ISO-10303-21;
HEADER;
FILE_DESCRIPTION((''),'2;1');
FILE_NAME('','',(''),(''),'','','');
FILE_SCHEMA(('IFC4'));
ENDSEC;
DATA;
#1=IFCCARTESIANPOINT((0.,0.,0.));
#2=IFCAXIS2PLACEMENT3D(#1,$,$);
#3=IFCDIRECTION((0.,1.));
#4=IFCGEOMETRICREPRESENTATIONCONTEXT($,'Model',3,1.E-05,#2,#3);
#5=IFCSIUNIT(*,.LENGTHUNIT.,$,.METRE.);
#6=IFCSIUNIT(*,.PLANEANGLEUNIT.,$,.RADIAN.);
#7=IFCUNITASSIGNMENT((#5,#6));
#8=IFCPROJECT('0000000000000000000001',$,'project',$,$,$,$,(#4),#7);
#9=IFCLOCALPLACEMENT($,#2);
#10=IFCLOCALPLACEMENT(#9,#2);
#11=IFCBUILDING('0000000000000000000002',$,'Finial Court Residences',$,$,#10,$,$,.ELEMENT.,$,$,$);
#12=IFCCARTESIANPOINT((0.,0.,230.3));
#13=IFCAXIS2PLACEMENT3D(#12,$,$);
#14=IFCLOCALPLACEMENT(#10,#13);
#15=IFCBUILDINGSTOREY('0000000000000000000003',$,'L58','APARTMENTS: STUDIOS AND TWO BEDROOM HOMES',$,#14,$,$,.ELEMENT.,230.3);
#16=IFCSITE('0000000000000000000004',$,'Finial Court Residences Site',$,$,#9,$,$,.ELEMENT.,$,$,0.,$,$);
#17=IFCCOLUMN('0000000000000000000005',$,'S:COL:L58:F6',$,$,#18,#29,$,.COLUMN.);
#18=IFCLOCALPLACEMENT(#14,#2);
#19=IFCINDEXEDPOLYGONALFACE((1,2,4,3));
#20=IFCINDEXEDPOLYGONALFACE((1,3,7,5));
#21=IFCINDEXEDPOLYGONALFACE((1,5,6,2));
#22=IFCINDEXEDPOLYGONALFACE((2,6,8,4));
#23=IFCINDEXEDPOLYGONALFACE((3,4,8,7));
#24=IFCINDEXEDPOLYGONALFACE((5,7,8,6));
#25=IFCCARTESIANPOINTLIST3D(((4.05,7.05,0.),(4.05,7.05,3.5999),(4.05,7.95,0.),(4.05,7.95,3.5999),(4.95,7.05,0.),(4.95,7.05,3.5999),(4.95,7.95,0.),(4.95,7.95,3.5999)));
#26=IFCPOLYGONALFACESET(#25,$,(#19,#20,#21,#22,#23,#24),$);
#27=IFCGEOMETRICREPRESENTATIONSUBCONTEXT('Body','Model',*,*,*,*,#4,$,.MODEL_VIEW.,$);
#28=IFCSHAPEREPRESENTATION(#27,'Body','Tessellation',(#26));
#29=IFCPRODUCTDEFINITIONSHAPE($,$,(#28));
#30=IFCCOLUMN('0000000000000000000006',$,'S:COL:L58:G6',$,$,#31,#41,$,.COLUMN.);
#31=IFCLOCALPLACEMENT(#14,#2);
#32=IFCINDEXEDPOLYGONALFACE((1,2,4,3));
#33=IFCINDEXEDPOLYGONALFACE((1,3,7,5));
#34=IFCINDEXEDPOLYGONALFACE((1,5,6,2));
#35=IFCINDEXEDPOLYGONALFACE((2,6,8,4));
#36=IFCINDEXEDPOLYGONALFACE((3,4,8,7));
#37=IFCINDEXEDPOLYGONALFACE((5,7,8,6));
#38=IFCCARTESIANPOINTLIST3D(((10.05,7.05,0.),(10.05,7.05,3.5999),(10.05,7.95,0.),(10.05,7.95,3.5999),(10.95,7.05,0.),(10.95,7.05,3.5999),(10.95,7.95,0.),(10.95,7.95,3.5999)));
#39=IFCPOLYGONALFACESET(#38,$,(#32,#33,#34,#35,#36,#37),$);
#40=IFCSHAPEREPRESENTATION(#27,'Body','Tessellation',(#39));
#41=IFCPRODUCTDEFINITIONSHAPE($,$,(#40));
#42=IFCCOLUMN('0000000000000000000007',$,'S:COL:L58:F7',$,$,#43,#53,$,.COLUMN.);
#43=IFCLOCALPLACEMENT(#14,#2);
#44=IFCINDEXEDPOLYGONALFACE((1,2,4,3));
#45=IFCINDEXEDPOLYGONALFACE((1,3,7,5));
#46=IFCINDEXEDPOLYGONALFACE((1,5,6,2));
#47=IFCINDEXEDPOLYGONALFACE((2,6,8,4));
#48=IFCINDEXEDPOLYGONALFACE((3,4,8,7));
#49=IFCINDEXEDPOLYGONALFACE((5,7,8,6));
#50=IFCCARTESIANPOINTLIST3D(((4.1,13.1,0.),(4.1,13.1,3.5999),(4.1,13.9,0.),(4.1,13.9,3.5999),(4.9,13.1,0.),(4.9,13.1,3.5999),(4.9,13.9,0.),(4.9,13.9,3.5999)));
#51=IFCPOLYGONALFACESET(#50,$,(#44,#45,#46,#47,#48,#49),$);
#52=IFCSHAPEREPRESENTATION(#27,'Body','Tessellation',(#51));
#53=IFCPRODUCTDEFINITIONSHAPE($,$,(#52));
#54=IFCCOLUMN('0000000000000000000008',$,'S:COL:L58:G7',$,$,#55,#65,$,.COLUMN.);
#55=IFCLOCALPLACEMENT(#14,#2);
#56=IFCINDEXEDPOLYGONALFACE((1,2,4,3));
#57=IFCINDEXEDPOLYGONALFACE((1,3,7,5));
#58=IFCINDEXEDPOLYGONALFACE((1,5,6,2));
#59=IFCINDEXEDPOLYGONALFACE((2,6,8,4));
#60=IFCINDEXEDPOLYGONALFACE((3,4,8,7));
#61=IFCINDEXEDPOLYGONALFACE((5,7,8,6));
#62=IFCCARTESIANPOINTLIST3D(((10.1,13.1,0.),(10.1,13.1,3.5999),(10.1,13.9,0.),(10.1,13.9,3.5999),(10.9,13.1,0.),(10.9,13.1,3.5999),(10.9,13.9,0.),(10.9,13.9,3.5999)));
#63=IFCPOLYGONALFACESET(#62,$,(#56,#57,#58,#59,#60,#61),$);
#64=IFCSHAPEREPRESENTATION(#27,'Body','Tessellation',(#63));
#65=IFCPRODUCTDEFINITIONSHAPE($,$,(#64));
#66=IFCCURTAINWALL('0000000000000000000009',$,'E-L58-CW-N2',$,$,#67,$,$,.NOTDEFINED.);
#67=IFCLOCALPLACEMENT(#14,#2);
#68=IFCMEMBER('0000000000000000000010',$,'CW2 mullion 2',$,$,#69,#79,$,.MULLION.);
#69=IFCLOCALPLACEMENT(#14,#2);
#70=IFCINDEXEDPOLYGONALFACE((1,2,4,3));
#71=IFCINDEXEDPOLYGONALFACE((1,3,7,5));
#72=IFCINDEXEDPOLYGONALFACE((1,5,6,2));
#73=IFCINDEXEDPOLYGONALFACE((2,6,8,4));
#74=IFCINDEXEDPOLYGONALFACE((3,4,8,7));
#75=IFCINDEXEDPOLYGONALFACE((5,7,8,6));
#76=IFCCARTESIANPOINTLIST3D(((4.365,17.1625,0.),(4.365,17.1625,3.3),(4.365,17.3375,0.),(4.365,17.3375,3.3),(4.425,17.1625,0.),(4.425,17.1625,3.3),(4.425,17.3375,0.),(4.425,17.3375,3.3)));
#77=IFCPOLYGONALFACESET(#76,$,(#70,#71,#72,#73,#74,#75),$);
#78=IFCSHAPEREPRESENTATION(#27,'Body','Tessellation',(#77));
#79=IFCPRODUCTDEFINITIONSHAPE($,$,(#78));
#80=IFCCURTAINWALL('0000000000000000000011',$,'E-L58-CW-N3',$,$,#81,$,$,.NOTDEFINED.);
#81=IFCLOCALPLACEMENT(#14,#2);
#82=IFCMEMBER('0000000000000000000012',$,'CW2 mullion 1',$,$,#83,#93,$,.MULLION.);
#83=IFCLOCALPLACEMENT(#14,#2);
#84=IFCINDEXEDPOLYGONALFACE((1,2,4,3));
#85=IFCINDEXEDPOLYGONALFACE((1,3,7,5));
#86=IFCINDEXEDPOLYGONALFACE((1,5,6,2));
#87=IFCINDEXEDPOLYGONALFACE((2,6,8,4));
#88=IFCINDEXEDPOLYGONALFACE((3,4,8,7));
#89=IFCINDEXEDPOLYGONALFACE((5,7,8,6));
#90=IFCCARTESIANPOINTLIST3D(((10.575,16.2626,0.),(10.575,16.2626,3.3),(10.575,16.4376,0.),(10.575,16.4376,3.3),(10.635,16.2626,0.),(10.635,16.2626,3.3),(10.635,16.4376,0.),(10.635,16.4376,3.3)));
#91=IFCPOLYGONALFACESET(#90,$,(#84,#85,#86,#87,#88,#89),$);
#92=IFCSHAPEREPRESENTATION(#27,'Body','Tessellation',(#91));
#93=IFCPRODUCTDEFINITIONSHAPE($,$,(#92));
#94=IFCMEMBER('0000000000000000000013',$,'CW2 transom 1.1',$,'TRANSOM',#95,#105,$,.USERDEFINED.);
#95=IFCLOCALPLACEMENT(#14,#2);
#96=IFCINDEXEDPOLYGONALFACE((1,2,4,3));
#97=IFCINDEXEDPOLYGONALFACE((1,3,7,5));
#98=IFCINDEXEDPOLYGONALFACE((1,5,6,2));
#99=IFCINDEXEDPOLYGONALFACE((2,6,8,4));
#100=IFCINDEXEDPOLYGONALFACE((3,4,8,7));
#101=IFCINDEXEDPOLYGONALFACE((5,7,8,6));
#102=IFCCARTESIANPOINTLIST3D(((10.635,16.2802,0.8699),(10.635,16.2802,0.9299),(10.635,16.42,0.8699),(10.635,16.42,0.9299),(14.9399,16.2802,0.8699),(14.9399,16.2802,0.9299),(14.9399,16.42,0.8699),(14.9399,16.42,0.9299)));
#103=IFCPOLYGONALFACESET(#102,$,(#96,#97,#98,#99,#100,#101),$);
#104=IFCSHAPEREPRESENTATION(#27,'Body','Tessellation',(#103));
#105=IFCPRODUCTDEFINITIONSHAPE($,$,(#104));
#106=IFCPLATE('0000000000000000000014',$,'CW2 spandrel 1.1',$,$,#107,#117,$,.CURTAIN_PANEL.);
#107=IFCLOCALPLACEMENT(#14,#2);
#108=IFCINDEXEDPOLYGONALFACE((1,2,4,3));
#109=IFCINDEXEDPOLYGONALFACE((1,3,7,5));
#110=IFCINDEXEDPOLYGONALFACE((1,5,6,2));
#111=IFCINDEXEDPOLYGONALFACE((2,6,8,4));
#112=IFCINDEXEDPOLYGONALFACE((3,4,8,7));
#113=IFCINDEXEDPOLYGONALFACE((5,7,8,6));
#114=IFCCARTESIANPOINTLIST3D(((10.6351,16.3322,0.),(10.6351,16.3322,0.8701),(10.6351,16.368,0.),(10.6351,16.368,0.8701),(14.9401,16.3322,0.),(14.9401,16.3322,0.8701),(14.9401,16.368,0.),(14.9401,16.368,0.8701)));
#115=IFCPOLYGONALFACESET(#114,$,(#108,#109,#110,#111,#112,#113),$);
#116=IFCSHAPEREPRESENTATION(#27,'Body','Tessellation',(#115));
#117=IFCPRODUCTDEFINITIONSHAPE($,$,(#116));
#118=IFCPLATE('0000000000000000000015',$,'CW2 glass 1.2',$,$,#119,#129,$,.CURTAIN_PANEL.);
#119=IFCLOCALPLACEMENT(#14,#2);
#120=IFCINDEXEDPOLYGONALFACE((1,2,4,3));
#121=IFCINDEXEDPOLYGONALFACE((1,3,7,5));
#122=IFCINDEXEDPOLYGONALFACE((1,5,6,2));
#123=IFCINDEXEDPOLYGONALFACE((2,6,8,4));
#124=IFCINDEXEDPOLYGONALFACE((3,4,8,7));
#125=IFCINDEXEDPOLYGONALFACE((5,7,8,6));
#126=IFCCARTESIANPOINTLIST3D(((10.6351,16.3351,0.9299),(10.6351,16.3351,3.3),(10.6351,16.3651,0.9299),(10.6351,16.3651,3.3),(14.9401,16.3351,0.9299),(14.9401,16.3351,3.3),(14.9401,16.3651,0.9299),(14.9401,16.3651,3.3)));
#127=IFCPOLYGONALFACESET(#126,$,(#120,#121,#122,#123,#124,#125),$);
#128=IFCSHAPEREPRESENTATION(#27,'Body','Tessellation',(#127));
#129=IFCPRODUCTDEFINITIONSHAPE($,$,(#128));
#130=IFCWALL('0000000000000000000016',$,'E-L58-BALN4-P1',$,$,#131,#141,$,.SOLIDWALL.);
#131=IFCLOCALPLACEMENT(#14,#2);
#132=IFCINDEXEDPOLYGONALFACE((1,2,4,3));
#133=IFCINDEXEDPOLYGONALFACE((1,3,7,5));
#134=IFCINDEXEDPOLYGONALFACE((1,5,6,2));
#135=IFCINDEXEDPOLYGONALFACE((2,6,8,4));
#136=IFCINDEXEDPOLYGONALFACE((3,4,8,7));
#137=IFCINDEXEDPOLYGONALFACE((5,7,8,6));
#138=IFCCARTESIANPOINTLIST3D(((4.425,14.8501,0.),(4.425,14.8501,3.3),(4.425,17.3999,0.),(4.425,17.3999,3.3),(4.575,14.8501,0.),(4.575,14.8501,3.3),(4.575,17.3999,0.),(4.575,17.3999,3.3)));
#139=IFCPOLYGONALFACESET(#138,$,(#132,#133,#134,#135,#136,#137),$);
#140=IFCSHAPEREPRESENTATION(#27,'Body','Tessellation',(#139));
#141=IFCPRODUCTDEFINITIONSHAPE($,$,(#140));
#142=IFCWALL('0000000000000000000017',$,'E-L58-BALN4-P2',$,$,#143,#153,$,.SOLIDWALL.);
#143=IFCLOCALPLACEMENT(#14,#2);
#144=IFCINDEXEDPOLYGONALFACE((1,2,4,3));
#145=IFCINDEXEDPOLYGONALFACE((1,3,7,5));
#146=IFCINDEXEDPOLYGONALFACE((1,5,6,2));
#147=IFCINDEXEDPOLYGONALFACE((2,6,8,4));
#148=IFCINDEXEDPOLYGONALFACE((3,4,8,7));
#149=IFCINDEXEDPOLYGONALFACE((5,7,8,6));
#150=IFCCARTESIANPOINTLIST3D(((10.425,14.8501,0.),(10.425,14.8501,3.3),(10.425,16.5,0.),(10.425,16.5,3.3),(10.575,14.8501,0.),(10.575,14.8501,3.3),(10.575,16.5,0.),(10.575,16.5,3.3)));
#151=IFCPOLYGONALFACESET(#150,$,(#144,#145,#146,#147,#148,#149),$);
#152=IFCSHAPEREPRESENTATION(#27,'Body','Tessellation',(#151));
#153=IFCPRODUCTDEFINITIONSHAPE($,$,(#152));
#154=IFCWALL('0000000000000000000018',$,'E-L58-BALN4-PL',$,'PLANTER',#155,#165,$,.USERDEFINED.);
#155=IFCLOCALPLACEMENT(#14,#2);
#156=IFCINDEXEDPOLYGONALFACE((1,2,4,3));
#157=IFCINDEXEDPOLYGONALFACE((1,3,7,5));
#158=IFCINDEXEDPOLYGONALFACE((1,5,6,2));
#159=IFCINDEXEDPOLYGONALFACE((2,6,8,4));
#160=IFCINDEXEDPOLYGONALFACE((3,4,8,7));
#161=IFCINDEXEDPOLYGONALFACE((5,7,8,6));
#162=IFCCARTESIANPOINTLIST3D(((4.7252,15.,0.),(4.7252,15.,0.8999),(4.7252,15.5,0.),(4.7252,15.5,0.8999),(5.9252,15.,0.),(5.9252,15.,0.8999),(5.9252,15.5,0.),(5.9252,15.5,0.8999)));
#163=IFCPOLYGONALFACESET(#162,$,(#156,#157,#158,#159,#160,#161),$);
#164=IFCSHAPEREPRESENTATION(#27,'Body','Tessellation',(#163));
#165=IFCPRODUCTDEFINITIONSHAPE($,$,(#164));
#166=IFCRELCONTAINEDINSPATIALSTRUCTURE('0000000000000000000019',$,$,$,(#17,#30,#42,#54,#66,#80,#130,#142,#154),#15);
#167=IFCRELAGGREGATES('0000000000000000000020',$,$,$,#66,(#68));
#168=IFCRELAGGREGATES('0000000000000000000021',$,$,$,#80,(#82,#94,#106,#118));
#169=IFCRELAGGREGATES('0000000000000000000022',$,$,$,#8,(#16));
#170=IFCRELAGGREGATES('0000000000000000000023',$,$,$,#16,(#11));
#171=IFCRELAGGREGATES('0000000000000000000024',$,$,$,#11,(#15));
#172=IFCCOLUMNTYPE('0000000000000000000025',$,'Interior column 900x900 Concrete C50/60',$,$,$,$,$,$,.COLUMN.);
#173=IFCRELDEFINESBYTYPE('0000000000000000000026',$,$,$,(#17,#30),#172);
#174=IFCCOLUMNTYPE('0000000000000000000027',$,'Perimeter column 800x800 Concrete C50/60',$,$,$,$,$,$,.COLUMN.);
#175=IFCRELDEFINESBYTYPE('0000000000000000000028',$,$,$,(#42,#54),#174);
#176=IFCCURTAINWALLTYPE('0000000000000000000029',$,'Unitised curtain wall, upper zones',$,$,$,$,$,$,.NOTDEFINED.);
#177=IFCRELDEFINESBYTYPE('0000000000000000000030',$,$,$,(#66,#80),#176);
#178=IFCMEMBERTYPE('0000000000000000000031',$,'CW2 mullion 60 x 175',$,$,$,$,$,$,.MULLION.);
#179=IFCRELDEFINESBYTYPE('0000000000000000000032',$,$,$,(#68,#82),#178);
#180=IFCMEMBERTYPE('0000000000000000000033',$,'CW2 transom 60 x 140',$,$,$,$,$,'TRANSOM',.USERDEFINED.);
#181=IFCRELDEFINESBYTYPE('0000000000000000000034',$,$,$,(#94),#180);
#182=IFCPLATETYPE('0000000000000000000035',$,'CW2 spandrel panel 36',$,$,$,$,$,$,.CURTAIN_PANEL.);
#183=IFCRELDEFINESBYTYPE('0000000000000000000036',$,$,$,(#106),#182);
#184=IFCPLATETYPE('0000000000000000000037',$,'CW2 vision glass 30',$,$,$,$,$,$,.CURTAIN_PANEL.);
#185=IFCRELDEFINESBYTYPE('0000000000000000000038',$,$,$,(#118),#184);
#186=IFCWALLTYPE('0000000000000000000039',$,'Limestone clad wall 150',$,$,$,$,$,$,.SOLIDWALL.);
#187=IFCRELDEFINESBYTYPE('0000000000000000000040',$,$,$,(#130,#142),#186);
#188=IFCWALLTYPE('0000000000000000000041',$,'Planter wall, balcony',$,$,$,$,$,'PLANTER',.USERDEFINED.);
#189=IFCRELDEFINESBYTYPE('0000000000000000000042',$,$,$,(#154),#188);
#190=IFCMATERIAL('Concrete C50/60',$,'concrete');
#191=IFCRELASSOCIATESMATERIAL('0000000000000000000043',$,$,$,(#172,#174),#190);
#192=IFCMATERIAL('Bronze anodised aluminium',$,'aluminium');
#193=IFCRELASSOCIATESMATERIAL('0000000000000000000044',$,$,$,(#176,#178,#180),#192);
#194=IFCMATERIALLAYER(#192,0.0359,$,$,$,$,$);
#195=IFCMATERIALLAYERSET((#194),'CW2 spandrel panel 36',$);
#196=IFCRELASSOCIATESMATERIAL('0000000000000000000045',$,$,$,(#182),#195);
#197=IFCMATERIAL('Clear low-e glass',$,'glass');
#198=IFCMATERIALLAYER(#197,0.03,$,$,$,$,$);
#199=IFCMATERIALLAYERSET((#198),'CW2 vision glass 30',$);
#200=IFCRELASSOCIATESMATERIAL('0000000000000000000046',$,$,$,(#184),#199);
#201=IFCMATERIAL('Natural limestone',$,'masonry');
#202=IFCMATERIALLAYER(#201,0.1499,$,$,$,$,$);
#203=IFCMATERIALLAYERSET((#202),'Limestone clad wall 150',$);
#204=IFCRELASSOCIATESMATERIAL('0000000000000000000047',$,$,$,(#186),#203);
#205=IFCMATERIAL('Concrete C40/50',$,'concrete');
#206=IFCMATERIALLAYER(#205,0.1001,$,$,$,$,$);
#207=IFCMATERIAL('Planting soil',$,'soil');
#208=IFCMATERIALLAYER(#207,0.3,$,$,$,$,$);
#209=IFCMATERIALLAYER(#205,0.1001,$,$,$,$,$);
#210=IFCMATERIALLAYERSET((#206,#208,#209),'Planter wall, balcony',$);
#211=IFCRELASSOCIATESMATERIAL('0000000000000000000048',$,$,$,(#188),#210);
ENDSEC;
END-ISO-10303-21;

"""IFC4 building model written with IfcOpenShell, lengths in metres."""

from ifc_helpers import new_model, si_unit, direction, frame, frame_2d, origin, origin_2d, place, context, subcontext, project, spatial, rectangle, extrude, material, layer, layer_set, material_profile, profile_set, type_object, element, aggregate, save


model = new_model("IFC4")

# Units and contexts
model_context = context("Model", 3, precision=1e-05, world=origin(), true_north=direction((0.0, 1.0)))
body_context = subcontext(model_context, "Body", "Model", "MODEL_VIEW")
ifc_project = project(units=[si_unit("LENGTHUNIT", "METRE"), si_unit("PLANEANGLEUNIT", "RADIAN")], contexts=[model_context])

# Site, building, storey
site_placement = place(None, origin())
site = spatial("IfcSite", under=ifc_project, at=site_placement, Name="Finial Court Residences Site", CompositionType="ELEMENT", RefElevation=0.0)
building_placement = place(site_placement, origin())
building = spatial("IfcBuilding", under=site, at=building_placement, Name="Finial Court Residences", CompositionType="ELEMENT")
storey_placement = place(building_placement, frame((0.0, 0.0, 230.3)))
storey = spatial("IfcBuildingStorey", under=building, at=storey_placement, Name="L58", Description="APARTMENTS: STUDIOS AND TWO BEDROOM HOMES", CompositionType="ELEMENT", Elevation=230.3)

# Columns
ifc_material_1 = material(Name="Concrete C50/60", Category="concrete")
ifc_material_profile_1 = material_profile(ifc_material_1, rectangle(XDim=0.8999, YDim=0.8999, at=origin_2d()), Name="900x900")
ifc_profile_set_1 = profile_set([ifc_material_profile_1], Name="Concrete C50/60")
column_type_1 = type_object("IfcColumnType", Name="Interior column 900x900 Concrete C50/60", PredefinedType="COLUMN", material=ifc_profile_set_1)
for number, where, z_axis, x_axis, name in (
    (1, (4.5, 7.5, 0.0), (0.0, 0.0, 1.0), (1.0, 0.0, 0.0), "S:COL:L58:F6"),
    (2, (10.5, 7.5, 0.0), (0.0, 0.0, 1.0), (1.0, 0.0, 0.0), "S:COL:L58:G6"),
):
    element("IfcColumn", number, at=place(storey_placement, frame(where, z_axis=z_axis, x_axis=x_axis)), inside=storey, type_object=column_type_1, Name=name, PredefinedType="COLUMN", context=body_context, shape_type="SweptSolid", body=[
        extrude(rectangle(XDim=0.8999, YDim=0.8999, at=origin_2d()), origin(), (0.0, 0.0, 1.0), 3.5999),
    ])
ifc_material_profile_2 = material_profile(ifc_material_1, rectangle(XDim=0.8, YDim=0.8, at=origin_2d()), Name="800x800")
ifc_profile_set_2 = profile_set([ifc_material_profile_2], Name="Concrete C50/60")
column_type_2 = type_object("IfcColumnType", Name="Perimeter column 800x800 Concrete C50/60", PredefinedType="COLUMN", material=ifc_profile_set_2)
for number, where, z_axis, x_axis, name in (
    (3, (4.5, 13.5, 0.0), (0.0, 0.0, 1.0), (1.0, 0.0, 0.0), "S:COL:L58:F7"),
    (4, (10.5, 13.5, 0.0), (0.0, 0.0, 1.0), (1.0, 0.0, 0.0), "S:COL:L58:G7"),
):
    element("IfcColumn", number, at=place(storey_placement, frame(where, z_axis=z_axis, x_axis=x_axis)), inside=storey, type_object=column_type_2, Name=name, PredefinedType="COLUMN", context=body_context, shape_type="SweptSolid", body=[
        extrude(rectangle(XDim=0.8, YDim=0.8, at=origin_2d()), origin(), (0.0, 0.0, 1.0), 3.5999),
    ])

# Curtain wall, member
ifc_material_2 = material(Name="Bronze anodised aluminium", Category="aluminium")
curtain_wall_type = type_object("IfcCurtainWallType", Name="Unitised curtain wall, upper zones", PredefinedType="NOTDEFINED", material=ifc_material_2)
curtain_wall_1_placement = place(storey_placement, origin())
curtain_wall_1 = element("IfcCurtainWall", 5, at=curtain_wall_1_placement, inside=storey, type_object=curtain_wall_type, Name="E-L58-CW-N2", PredefinedType="NOTDEFINED")
ifc_material_profile_3 = material_profile(ifc_material_2, rectangle(XDim=0.175, YDim=0.0601, at=origin_2d()), Name="CW2 mullion 60 x 175")
ifc_profile_set_3 = profile_set([ifc_material_profile_3], Name="Bronze anodised aluminium")
member_type_1 = type_object("IfcMemberType", Name="CW2 mullion 60 x 175", PredefinedType="MULLION", material=ifc_profile_set_3)
member_1_placement = place(storey_placement, frame((4.395, 17.25, 0.0), z_axis=(0.0, 0.0, 1.0), x_axis=(0.0, 1.0, 0.0)))
member_1 = element("IfcMember", 6, at=member_1_placement, type_object=member_type_1, Name="CW2 mullion 2", PredefinedType="MULLION", context=body_context, shape_type="SweptSolid", body=[
    extrude(rectangle(XDim=0.175, YDim=0.0601, at=origin_2d()), origin(), (0.0, 0.0, 1.0), 3.3),
])
aggregate(curtain_wall_1, [member_1])

# Curtain wall, members, plates
curtain_wall_2_placement = place(storey_placement, origin())
curtain_wall_2 = element("IfcCurtainWall", 7, at=curtain_wall_2_placement, inside=storey, type_object=curtain_wall_type, Name="E-L58-CW-N3", PredefinedType="NOTDEFINED")
member_2_placement = place(storey_placement, frame((10.605, 16.3501, 0.0), z_axis=(0.0, 0.0, 1.0), x_axis=(0.0, 1.0, 0.0)))
member_2 = element("IfcMember", 8, at=member_2_placement, type_object=member_type_1, Name="CW2 mullion 1", PredefinedType="MULLION", context=body_context, shape_type="SweptSolid", body=[
    extrude(rectangle(XDim=0.175, YDim=0.0601, at=origin_2d()), origin(), (0.0, 0.0, 1.0), 3.3),
])
ifc_material_profile_4 = material_profile(ifc_material_2, rectangle(XDim=0.1399, YDim=0.0601, at=origin_2d()), Name="CW2 transom 60 x 140")
ifc_profile_set_4 = profile_set([ifc_material_profile_4], Name="Bronze anodised aluminium")
member_type_2 = type_object("IfcMemberType", Name="CW2 transom 60 x 140", ElementType="TRANSOM", PredefinedType="USERDEFINED", material=ifc_profile_set_4)
member_3_placement = place(storey_placement, frame((10.635, 16.3501, 0.8999), z_axis=(1.0, 0.0, 0.0), x_axis=(0.0, 1.0, 0.0)))
member_3 = element("IfcMember", 9, at=member_3_placement, type_object=member_type_2, Name="CW2 transom 1.1", ObjectType="TRANSOM", PredefinedType="USERDEFINED", context=body_context, shape_type="SweptSolid", body=[
    extrude(rectangle(XDim=0.1399, YDim=0.0601, at=origin_2d()), origin(), (0.0, 0.0, 1.0), 4.3049),
])
ifc_layer_1 = layer(ifc_material_2, 0.0359)
ifc_layer_set_1 = layer_set([ifc_layer_1], Name="CW2 spandrel panel 36")
plate_type_1 = type_object("IfcPlateType", Name="CW2 spandrel panel 36", PredefinedType="CURTAIN_PANEL", material=ifc_layer_set_1)
plate_1_placement = place(storey_placement, frame((12.7876, 16.3501, 0.0), z_axis=(0.0, 0.0, 1.0), x_axis=(1.0, 0.0, 0.0)))
plate_1 = element("IfcPlate", 10, at=plate_1_placement, type_object=plate_type_1, Name="CW2 spandrel 1.1", PredefinedType="CURTAIN_PANEL", context=body_context, shape_type="SweptSolid", body=[
    extrude(rectangle(XDim=4.3049, YDim=0.0359, at=origin_2d()), origin(), (0.0, 0.0, 1.0), 0.8701),
])
ifc_material_3 = material(Name="Clear low-e glass", Category="glass")
ifc_layer_2 = layer(ifc_material_3, 0.03)
ifc_layer_set_2 = layer_set([ifc_layer_2], Name="CW2 vision glass 30")
plate_type_2 = type_object("IfcPlateType", Name="CW2 vision glass 30", PredefinedType="CURTAIN_PANEL", material=ifc_layer_set_2)
plate_2_placement = place(storey_placement, frame((12.7876, 16.3501, 0.9299), z_axis=(0.0, 0.0, 1.0), x_axis=(1.0, 0.0, 0.0)))
plate_2 = element("IfcPlate", 11, at=plate_2_placement, type_object=plate_type_2, Name="CW2 glass 1.2", PredefinedType="CURTAIN_PANEL", context=body_context, shape_type="SweptSolid", body=[
    extrude(rectangle(XDim=4.3049, YDim=0.03, at=origin_2d()), origin(), (0.0, 0.0, 1.0), 2.3701),
])
aggregate(curtain_wall_2, [member_2, member_3, plate_1, plate_2])

# Walls
ifc_material_4 = material(Name="Natural limestone", Category="masonry")
ifc_layer_3 = layer(ifc_material_4, 0.1499)
ifc_layer_set_3 = layer_set([ifc_layer_3], Name="Limestone clad wall 150")
wall_type_1 = type_object("IfcWallType", Name="Limestone clad wall 150", PredefinedType="SOLIDWALL", material=ifc_layer_set_3)
wall_1_placement = place(storey_placement, frame((4.5, 14.8501, 0.0), z_axis=(0.0, 0.0, 1.0), x_axis=(0.0, 1.0, 0.0)))
element("IfcWall", 12, at=wall_1_placement, inside=storey, type_object=wall_type_1, Name="E-L58-BALN4-P1", PredefinedType="SOLIDWALL", context=body_context, shape_type="SweptSolid", body=[
    extrude(rectangle(XDim=2.5498, YDim=0.1499, at=frame_2d((1.2749, 0.0))), origin(), (0.0, 0.0, 1.0), 3.3),
])
wall_2_placement = place(storey_placement, frame((10.5, 14.8501, 0.0), z_axis=(0.0, 0.0, 1.0), x_axis=(0.0, 1.0, 0.0)))
element("IfcWall", 13, at=wall_2_placement, inside=storey, type_object=wall_type_1, Name="E-L58-BALN4-P2", PredefinedType="SOLIDWALL", context=body_context, shape_type="SweptSolid", body=[
    extrude(rectangle(XDim=1.6499, YDim=0.1499, at=frame_2d((0.825, 0.0))), origin(), (0.0, 0.0, 1.0), 3.3),
])

# Wall
ifc_material_5 = material(Name="Concrete C40/50", Category="concrete")
ifc_layer_4 = layer(ifc_material_5, 0.1001)
ifc_material_6 = material(Name="Planting soil", Category="soil")
ifc_layer_5 = layer(ifc_material_6, 0.3)
ifc_layer_6 = layer(ifc_material_5, 0.1001)
ifc_layer_set_4 = layer_set([ifc_layer_4, ifc_layer_5, ifc_layer_6], Name="Planter wall, balcony")
wall_type_2 = type_object("IfcWallType", Name="Planter wall, balcony", ElementType="PLANTER", PredefinedType="USERDEFINED", material=ifc_layer_set_4)
wall_3_placement = place(storey_placement, frame((4.7251, 15.25, 0.0), z_axis=(0.0, 0.0, 1.0), x_axis=(1.0, 0.0, 0.0)))
element("IfcWall", 14, at=wall_3_placement, inside=storey, type_object=wall_type_2, Name="E-L58-BALN4-PL", ObjectType="PLANTER", PredefinedType="USERDEFINED", context=body_context, shape_type="SweptSolid", body=[
    extrude(rectangle(XDim=1.2, YDim=0.5, at=frame_2d((0.6001, 0.0))), origin(), (0.0, 0.0, 1.0), 0.8999),
])

save(model, "model.ifc")
